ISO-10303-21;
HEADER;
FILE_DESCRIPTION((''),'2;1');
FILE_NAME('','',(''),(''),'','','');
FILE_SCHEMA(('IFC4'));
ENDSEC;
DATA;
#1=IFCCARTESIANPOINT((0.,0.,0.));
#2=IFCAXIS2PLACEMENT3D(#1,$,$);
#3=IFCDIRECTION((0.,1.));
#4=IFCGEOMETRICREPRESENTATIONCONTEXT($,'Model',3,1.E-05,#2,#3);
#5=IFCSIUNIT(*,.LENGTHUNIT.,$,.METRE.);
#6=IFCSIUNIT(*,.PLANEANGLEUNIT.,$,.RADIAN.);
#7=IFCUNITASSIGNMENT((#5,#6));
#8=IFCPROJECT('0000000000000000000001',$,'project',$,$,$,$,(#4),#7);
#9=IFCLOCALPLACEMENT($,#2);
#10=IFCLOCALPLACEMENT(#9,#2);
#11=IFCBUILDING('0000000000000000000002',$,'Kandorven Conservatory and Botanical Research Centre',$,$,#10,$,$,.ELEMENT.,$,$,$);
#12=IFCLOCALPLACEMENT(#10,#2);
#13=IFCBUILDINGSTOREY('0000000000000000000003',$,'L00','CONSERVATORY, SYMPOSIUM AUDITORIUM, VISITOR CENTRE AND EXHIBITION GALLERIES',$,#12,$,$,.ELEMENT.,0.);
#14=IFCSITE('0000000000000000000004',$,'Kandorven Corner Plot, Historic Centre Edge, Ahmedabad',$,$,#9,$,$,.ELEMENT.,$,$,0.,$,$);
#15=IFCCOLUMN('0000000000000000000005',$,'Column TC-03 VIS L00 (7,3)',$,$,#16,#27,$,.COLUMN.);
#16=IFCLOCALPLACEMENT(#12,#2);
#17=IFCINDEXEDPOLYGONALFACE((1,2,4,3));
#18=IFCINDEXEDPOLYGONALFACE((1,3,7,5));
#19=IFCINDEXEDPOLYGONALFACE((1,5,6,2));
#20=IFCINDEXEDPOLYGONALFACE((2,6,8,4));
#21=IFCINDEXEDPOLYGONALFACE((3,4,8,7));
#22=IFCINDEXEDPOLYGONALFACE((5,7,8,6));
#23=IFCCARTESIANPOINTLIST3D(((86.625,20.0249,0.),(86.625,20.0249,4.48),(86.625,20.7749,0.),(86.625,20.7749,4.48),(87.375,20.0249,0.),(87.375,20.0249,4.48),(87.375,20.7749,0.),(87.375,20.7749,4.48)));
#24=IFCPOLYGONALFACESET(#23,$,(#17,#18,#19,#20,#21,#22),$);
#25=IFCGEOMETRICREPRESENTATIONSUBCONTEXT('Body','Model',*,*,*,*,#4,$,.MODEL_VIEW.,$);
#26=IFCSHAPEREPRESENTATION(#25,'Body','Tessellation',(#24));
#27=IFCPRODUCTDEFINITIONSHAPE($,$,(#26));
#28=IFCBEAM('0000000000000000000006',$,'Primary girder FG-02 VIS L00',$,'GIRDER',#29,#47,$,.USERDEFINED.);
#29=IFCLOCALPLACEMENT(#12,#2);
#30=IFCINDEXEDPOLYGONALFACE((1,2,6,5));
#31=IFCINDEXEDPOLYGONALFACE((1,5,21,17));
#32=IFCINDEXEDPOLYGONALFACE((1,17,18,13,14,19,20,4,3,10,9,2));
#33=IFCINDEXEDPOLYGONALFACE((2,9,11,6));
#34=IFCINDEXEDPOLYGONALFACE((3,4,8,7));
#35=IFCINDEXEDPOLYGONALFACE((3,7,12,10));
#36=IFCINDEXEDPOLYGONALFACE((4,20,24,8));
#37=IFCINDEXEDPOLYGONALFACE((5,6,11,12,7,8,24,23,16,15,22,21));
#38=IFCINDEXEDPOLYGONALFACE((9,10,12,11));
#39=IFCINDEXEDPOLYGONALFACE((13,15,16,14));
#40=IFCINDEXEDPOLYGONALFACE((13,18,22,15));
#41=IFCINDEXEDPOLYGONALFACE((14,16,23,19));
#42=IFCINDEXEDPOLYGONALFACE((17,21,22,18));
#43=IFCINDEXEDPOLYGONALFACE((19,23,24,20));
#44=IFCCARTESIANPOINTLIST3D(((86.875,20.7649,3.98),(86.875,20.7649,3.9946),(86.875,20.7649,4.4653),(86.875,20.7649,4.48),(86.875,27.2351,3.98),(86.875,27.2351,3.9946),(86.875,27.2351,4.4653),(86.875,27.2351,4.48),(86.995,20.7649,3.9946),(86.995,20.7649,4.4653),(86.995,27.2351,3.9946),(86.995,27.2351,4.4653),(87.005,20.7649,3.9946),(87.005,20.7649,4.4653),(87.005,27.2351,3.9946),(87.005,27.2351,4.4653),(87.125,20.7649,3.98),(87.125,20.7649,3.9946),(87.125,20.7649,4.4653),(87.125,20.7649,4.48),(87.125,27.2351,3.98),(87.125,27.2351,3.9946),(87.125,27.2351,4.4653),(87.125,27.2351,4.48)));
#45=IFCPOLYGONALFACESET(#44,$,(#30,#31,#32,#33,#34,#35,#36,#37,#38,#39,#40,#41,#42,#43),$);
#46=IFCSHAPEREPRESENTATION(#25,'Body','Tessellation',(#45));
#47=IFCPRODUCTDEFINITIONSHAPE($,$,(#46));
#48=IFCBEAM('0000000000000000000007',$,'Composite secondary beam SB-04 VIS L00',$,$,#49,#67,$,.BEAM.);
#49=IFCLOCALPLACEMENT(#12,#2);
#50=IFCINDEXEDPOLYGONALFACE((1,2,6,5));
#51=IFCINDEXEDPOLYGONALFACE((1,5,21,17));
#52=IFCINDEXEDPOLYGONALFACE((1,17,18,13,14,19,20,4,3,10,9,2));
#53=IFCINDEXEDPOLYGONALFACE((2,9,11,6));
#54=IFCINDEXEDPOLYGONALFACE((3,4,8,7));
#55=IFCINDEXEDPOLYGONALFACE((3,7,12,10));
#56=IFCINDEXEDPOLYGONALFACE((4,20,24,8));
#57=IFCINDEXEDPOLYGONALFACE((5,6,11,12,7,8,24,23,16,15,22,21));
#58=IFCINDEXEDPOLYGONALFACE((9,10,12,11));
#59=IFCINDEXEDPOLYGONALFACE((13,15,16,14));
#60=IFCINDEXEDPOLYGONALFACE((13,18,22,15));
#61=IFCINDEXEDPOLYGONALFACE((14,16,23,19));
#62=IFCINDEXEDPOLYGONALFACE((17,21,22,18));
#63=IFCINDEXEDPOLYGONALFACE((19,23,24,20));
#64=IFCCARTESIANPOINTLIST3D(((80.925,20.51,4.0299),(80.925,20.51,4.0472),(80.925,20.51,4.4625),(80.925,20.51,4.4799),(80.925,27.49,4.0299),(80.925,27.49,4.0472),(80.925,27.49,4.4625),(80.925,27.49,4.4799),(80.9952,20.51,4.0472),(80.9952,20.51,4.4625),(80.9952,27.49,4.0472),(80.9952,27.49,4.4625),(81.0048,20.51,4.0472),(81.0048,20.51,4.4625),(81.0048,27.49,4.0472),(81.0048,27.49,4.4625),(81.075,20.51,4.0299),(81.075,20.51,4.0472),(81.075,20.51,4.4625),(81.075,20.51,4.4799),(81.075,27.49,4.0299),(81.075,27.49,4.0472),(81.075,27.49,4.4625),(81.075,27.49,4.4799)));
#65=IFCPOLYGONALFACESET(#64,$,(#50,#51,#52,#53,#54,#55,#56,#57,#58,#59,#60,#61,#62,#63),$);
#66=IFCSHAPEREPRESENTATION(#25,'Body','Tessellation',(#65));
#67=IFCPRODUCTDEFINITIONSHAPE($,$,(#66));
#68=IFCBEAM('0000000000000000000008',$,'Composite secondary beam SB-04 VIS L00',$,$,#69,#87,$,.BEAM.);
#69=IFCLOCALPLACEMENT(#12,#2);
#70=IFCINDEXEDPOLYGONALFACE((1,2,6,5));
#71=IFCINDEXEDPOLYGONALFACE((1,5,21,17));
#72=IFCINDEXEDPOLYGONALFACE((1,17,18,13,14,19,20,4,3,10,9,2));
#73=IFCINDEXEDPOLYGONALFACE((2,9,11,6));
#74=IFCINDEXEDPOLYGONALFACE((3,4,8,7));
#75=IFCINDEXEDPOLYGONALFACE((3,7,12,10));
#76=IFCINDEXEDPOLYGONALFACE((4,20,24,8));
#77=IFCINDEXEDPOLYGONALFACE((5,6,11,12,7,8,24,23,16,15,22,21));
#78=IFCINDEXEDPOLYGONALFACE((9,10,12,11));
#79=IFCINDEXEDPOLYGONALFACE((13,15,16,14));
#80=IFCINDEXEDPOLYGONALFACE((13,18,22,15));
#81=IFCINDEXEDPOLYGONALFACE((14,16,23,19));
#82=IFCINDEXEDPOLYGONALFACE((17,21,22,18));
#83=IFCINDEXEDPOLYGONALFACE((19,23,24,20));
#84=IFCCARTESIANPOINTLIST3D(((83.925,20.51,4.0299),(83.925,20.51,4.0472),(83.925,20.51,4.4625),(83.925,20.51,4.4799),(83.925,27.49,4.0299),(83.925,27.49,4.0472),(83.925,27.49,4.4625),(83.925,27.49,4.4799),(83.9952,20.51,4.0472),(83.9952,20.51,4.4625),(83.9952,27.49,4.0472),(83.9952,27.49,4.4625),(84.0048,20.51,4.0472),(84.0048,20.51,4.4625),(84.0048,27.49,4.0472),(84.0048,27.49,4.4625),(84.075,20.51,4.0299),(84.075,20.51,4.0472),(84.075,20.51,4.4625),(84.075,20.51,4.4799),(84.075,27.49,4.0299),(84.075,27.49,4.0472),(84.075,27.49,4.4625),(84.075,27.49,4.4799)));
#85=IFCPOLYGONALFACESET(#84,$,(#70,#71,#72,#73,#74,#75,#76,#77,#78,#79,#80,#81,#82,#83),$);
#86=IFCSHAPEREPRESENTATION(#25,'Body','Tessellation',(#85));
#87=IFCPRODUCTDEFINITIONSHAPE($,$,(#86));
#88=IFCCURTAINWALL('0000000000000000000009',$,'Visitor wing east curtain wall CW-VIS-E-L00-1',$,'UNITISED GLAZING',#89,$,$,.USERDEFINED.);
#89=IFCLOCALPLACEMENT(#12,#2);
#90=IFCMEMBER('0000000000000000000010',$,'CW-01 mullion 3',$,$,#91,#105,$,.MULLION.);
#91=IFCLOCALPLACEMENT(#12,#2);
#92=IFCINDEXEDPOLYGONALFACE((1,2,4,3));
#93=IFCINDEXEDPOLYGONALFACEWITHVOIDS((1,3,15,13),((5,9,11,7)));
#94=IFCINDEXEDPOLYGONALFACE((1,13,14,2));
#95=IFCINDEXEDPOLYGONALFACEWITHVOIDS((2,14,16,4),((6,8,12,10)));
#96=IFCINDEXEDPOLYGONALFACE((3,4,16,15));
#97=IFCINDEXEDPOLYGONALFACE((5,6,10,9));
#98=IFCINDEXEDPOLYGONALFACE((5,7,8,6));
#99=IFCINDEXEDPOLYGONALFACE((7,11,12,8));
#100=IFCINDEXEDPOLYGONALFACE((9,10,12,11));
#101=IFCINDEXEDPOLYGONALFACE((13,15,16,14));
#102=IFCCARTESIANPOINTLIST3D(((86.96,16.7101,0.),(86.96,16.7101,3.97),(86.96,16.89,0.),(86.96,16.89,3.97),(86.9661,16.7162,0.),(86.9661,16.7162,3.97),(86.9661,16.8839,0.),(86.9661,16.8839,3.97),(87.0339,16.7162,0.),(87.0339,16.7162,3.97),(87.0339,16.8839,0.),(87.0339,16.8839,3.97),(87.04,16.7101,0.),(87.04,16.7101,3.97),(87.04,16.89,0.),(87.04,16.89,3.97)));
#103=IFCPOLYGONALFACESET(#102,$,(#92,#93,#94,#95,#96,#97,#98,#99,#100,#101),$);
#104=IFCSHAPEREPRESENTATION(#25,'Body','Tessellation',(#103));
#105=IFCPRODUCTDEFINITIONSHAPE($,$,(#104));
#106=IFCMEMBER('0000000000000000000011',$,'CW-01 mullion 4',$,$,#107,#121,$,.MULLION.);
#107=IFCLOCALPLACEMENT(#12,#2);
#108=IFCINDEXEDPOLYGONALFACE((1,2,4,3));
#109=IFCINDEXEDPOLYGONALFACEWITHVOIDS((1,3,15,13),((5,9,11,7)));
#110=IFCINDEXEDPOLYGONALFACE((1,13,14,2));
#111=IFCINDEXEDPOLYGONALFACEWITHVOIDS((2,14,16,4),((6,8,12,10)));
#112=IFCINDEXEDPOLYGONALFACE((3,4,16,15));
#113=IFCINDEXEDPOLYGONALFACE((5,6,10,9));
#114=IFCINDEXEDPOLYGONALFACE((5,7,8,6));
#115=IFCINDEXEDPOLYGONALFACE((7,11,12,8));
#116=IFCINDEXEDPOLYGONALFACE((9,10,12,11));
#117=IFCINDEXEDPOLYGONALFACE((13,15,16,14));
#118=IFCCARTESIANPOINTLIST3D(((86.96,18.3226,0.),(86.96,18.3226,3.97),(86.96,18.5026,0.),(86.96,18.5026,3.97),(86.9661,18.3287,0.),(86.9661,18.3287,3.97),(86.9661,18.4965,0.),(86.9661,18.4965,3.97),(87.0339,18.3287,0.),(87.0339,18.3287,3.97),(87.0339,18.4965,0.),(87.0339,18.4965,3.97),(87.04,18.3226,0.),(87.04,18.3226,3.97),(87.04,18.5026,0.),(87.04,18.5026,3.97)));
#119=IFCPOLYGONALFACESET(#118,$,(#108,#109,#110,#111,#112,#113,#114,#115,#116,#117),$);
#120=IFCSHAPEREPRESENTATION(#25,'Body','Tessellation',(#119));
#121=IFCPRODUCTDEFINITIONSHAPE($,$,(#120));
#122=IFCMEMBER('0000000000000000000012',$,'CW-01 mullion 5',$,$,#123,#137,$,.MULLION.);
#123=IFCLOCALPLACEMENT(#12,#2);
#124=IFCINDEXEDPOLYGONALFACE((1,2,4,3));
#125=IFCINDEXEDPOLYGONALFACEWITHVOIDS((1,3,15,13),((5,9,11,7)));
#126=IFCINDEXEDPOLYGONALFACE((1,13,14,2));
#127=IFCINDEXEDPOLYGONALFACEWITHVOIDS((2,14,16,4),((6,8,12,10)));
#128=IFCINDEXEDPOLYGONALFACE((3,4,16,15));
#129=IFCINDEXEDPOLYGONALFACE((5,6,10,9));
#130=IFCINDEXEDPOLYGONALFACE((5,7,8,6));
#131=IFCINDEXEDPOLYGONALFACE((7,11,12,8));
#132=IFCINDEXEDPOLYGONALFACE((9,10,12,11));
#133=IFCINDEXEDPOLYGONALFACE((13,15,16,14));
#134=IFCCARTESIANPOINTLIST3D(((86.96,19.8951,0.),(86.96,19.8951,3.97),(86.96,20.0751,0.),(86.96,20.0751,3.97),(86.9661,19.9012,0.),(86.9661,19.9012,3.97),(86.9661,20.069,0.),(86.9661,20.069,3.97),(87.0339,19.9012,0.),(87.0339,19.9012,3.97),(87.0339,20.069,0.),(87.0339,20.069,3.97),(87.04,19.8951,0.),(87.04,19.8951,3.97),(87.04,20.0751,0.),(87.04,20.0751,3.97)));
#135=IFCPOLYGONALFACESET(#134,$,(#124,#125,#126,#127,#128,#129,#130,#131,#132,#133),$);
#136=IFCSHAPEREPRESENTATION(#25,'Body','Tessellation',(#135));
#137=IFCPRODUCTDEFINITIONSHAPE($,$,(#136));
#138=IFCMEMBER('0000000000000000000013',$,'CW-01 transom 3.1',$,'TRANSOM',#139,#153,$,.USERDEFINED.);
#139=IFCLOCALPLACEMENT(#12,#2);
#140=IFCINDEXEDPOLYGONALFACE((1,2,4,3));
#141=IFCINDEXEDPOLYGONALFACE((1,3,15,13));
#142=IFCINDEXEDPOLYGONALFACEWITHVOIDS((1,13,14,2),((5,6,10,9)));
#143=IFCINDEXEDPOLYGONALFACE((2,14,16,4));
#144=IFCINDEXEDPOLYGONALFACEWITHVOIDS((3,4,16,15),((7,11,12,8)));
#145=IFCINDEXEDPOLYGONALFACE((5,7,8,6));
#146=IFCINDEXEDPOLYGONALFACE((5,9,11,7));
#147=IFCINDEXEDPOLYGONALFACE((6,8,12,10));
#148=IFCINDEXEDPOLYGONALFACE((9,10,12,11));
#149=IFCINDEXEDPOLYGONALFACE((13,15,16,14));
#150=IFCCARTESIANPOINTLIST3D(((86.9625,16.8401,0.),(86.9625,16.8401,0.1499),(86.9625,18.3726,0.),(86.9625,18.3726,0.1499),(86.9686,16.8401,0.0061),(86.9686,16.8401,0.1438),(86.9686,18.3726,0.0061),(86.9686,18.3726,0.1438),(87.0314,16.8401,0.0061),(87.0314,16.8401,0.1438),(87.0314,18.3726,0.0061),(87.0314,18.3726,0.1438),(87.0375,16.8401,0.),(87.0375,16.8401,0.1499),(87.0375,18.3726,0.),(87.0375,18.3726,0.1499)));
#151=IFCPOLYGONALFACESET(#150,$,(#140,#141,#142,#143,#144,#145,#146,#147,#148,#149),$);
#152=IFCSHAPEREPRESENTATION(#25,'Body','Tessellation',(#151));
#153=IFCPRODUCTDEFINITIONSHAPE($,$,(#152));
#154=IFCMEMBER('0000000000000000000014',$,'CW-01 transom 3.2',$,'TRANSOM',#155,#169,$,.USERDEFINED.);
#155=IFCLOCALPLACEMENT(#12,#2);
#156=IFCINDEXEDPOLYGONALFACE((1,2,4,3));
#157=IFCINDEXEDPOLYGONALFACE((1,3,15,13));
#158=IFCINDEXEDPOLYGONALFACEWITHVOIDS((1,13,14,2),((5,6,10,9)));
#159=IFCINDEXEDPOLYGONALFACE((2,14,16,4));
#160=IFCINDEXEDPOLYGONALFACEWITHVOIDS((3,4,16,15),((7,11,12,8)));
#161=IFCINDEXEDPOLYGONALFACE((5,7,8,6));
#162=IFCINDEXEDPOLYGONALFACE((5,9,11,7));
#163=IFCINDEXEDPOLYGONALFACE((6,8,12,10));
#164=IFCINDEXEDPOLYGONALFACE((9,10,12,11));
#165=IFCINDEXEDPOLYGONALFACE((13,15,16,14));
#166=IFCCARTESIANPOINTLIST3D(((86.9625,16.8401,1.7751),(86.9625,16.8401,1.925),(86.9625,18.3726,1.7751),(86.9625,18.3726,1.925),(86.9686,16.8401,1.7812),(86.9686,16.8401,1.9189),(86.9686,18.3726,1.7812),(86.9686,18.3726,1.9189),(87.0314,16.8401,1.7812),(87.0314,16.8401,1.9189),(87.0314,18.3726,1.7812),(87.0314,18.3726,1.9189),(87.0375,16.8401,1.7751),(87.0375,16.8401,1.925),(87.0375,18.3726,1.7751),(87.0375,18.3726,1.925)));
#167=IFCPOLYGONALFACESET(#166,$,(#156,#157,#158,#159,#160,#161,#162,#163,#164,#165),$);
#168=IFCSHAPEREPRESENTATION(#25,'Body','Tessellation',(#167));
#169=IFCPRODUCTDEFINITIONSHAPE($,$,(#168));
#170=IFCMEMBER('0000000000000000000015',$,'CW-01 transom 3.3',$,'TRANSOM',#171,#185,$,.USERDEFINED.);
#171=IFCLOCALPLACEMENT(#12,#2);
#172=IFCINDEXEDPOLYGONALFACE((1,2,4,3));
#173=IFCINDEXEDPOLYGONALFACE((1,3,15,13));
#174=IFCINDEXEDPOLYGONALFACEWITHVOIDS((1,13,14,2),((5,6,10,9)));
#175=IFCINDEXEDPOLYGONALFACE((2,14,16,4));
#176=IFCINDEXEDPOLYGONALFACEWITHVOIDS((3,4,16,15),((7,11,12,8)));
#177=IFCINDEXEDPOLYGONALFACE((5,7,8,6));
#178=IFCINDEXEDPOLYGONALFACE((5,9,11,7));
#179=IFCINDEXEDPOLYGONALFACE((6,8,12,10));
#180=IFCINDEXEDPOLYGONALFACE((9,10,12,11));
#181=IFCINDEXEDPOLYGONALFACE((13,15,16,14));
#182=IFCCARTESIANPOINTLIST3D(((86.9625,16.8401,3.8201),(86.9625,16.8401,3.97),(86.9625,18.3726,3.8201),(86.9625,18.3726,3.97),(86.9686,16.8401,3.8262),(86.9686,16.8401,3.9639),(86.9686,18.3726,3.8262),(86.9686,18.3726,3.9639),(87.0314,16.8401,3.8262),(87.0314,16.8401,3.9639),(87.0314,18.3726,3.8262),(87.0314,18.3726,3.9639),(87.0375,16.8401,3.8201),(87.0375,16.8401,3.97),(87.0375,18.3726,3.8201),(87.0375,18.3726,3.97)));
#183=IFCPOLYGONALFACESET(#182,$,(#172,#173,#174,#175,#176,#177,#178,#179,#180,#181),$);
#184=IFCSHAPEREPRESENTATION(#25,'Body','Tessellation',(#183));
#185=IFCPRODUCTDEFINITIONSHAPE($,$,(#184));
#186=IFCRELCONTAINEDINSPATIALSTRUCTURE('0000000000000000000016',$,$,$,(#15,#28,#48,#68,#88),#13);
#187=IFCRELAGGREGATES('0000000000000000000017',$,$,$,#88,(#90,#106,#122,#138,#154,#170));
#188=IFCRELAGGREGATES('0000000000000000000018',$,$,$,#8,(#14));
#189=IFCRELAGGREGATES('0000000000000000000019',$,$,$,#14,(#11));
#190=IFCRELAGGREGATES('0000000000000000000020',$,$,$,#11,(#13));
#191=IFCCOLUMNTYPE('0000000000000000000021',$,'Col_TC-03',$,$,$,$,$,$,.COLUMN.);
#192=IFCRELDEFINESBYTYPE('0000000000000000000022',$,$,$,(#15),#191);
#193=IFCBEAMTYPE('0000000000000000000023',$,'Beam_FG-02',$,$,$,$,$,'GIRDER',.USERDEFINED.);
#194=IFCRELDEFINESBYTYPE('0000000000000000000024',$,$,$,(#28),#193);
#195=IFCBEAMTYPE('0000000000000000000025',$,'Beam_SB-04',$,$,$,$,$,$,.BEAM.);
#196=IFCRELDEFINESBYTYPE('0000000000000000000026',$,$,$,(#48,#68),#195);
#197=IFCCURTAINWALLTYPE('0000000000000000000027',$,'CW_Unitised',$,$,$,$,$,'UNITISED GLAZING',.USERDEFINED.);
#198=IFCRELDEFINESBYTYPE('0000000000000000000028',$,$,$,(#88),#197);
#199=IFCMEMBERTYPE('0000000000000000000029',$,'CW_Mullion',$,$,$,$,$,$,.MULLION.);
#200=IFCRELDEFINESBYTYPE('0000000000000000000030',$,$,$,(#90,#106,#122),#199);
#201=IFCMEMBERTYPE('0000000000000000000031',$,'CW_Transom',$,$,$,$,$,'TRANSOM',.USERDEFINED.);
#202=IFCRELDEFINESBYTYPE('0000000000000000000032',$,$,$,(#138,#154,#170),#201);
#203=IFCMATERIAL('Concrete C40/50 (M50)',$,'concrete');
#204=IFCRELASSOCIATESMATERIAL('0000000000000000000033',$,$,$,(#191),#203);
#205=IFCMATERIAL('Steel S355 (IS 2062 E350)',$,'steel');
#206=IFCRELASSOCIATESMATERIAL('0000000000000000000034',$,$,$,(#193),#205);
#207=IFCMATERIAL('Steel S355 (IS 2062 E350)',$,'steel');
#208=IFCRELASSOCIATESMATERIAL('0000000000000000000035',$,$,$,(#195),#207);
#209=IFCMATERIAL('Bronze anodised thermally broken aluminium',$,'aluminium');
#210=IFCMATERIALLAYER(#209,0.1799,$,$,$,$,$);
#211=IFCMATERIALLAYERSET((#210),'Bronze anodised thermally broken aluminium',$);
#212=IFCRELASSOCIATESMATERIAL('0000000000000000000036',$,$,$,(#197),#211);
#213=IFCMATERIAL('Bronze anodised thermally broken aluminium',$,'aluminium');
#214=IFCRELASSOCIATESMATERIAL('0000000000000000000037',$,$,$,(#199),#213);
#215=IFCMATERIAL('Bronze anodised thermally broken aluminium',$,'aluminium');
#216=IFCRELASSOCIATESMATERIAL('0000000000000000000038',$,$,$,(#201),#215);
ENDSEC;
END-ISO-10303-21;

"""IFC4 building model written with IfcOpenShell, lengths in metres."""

from ifc_helpers import new_model, si_unit, direction, frame, origin, origin_2d, place, context, subcontext, project, spatial, rectangle, hollow_rectangle, i_section, extrude, material, layer, layer_set, material_profile, profile_set, type_object, element, aggregate, save


model = new_model("IFC4")

# Units and contexts
model_context = context("Model", 3, precision=1e-05, world=origin(), true_north=direction((0.0, 1.0)))
body_context = subcontext(model_context, "Body", "Model", "MODEL_VIEW")
ifc_project = project(units=[si_unit("LENGTHUNIT", "METRE"), si_unit("PLANEANGLEUNIT", "RADIAN")], contexts=[model_context])

# Site, building, storey
site_placement = place(None, origin())
site = spatial("IfcSite", under=ifc_project, at=site_placement, Name="Kandorven Corner Plot, Historic Centre Edge, Ahmedabad", CompositionType="ELEMENT", RefElevation=0.0)
building_placement = place(site_placement, origin())
building = spatial("IfcBuilding", under=site, at=building_placement, Name="Kandorven Conservatory and Botanical Research Centre", CompositionType="ELEMENT")
storey_placement = place(building_placement, origin())
storey = spatial("IfcBuildingStorey", under=building, at=storey_placement, Name="L00", Description="CONSERVATORY, SYMPOSIUM AUDITORIUM, VISITOR CENTRE AND EXHIBITION GALLERIES", CompositionType="ELEMENT", Elevation=0.0)

# Column
ifc_material_1 = material(Name="Concrete C40/50 (M50)", Category="concrete")
ifc_material_profile_1 = material_profile(ifc_material_1, rectangle(XDim=0.75, YDim=0.75, at=origin_2d()))
ifc_profile_set_1 = profile_set([ifc_material_profile_1], Name="Concrete C40/50 (M50)")
column_type = type_object("IfcColumnType", Name="Col_TC-03", PredefinedType="COLUMN", material=ifc_profile_set_1)
column_placement = place(storey_placement, frame((87.0, 20.3999, 0.0), z_axis=(0.0, 0.0, 1.0), x_axis=(1.0, 0.0, 0.0)))
element("IfcColumn", 1, at=column_placement, inside=storey, type_object=column_type, Name="Column TC-03 VIS L00 (7,3)", PredefinedType="COLUMN", context=body_context, shape_type="SweptSolid", body=[
    extrude(rectangle(XDim=0.75, YDim=0.75, at=origin_2d()), origin(), (0.0, 0.0, 1.0), 4.48),
])

# Beams
ifc_material_2 = material(Name="Steel S355 (IS 2062 E350)", Category="steel")
ifc_material_profile_2 = material_profile(ifc_material_2, i_section(OverallWidth=0.25, OverallDepth=0.5, WebThickness=0.01, FlangeThickness=0.0146, at=origin_2d()))
ifc_profile_set_2 = profile_set([ifc_material_profile_2], Name="Steel S355 (IS 2062 E350)")
beam_type_1 = type_object("IfcBeamType", Name="Beam_FG-02", ElementType="GIRDER", PredefinedType="USERDEFINED", material=ifc_profile_set_2)
beam_placement = place(storey_placement, frame((87.0, 20.7649, 4.23), z_axis=(0.0, 1.0, 0.0), x_axis=(-1.0, 0.0, 0.0)))
element("IfcBeam", 2, at=beam_placement, inside=storey, type_object=beam_type_1, Name="Primary girder FG-02 VIS L00", ObjectType="GIRDER", PredefinedType="USERDEFINED", context=body_context, shape_type="SweptSolid", body=[
    extrude(i_section(OverallWidth=0.25, OverallDepth=0.5, WebThickness=0.01, FlangeThickness=0.0146, at=origin_2d()), origin(), (0.0, 0.0, 1.0), 6.4702),
])
ifc_material_3 = material(Name="Steel S355 (IS 2062 E350)", Category="steel")
ifc_material_profile_3 = material_profile(ifc_material_3, i_section(OverallWidth=0.1499, OverallDepth=0.45, WebThickness=0.0095, FlangeThickness=0.0173, at=origin_2d()))
ifc_profile_set_3 = profile_set([ifc_material_profile_3], Name="Steel S355 (IS 2062 E350)")
beam_type_2 = type_object("IfcBeamType", Name="Beam_SB-04", PredefinedType="BEAM", material=ifc_profile_set_3)
for number, where, z_axis, x_axis, name in (
    (3, (81.0, 20.51, 4.2549), (0.0, 1.0, 0.0), (-1.0, 0.0, 0.0), "Composite secondary beam SB-04 VIS L00"),
    (4, (84.0, 20.51, 4.2549), (0.0, 1.0, 0.0), (-1.0, 0.0, 0.0), "Composite secondary beam SB-04 VIS L00"),
):
    element("IfcBeam", number, at=place(storey_placement, frame(where, z_axis=z_axis, x_axis=x_axis)), inside=storey, type_object=beam_type_2, Name=name, PredefinedType="BEAM", context=body_context, shape_type="SweptSolid", body=[
        extrude(i_section(OverallWidth=0.1499, OverallDepth=0.45, WebThickness=0.0095, FlangeThickness=0.0173, at=origin_2d()), origin(), (0.0, 0.0, 1.0), 6.98),
    ])

# Curtain wall, members
ifc_material_4 = material(Name="Bronze anodised thermally broken aluminium", Category="aluminium")
ifc_layer_1 = layer(ifc_material_4, 0.1799)
ifc_layer_set_1 = layer_set([ifc_layer_1], Name="Bronze anodised thermally broken aluminium")
curtain_wall_type = type_object("IfcCurtainWallType", Name="CW_Unitised", ElementType="UNITISED GLAZING", PredefinedType="USERDEFINED", material=ifc_layer_set_1)
curtain_wall_placement = place(storey_placement, origin())
curtain_wall = element("IfcCurtainWall", 5, at=curtain_wall_placement, inside=storey, type_object=curtain_wall_type, Name="Visitor wing east curtain wall CW-VIS-E-L00-1", ObjectType="UNITISED GLAZING", PredefinedType="USERDEFINED")
ifc_material_5 = material(Name="Bronze anodised thermally broken aluminium", Category="aluminium")
ifc_material_profile_4 = material_profile(ifc_material_5, hollow_rectangle(XDim=0.0801, YDim=0.1799, WallThickness=0.0061, at=origin_2d()))
ifc_profile_set_4 = profile_set([ifc_material_profile_4], Name="Bronze anodised thermally broken aluminium")
member_type_1 = type_object("IfcMemberType", Name="CW_Mullion", PredefinedType="MULLION", material=ifc_profile_set_4)
member_1_placement = place(storey_placement, frame((87.0, 16.8, 0.0), z_axis=(0.0, 0.0, 1.0), x_axis=(-1.0, 0.0, 0.0)))
member_1 = element("IfcMember", 6, at=member_1_placement, type_object=member_type_1, Name="CW-01 mullion 3", PredefinedType="MULLION", context=body_context, shape_type="SweptSolid", body=[
    extrude(hollow_rectangle(XDim=0.0801, YDim=0.1799, WallThickness=0.0061, at=origin_2d()), origin(), (0.0, 0.0, 1.0), 3.97),
])
member_2_placement = place(storey_placement, frame((87.0, 18.4126, 0.0), z_axis=(0.0, 0.0, 1.0), x_axis=(-1.0, 0.0, 0.0)))
member_2 = element("IfcMember", 7, at=member_2_placement, type_object=member_type_1, Name="CW-01 mullion 4", PredefinedType="MULLION", context=body_context, shape_type="SweptSolid", body=[
    extrude(hollow_rectangle(XDim=0.0801, YDim=0.1799, WallThickness=0.0061, at=origin_2d()), origin(), (0.0, 0.0, 1.0), 3.97),
])
member_3_placement = place(storey_placement, frame((87.0, 19.9851, 0.0), z_axis=(0.0, 0.0, 1.0), x_axis=(-1.0, 0.0, 0.0)))
member_3 = element("IfcMember", 8, at=member_3_placement, type_object=member_type_1, Name="CW-01 mullion 5", PredefinedType="MULLION", context=body_context, shape_type="SweptSolid", body=[
    extrude(hollow_rectangle(XDim=0.0801, YDim=0.1799, WallThickness=0.0061, at=origin_2d()), origin(), (0.0, 0.0, 1.0), 3.97),
])
ifc_material_6 = material(Name="Bronze anodised thermally broken aluminium", Category="aluminium")
ifc_material_profile_5 = material_profile(ifc_material_6, hollow_rectangle(XDim=0.075, YDim=0.1499, WallThickness=0.0061, at=origin_2d()))
ifc_profile_set_5 = profile_set([ifc_material_profile_5], Name="Bronze anodised thermally broken aluminium")
member_type_2 = type_object("IfcMemberType", Name="CW_Transom", ElementType="TRANSOM", PredefinedType="USERDEFINED", material=ifc_profile_set_5)
member_4_placement = place(storey_placement, frame((87.0, 16.8401, 0.075), z_axis=(0.0, 1.0, 0.0), x_axis=(-1.0, 0.0, 0.0)))
member_4 = element("IfcMember", 9, at=member_4_placement, type_object=member_type_2, Name="CW-01 transom 3.1", ObjectType="TRANSOM", PredefinedType="USERDEFINED", context=body_context, shape_type="SweptSolid", body=[
    extrude(hollow_rectangle(XDim=0.075, YDim=0.1499, WallThickness=0.0061, at=origin_2d()), origin(), (0.0, 0.0, 1.0), 1.5325),
])
member_5_placement = place(storey_placement, frame((87.0, 16.8401, 1.8501), z_axis=(0.0, 1.0, 0.0), x_axis=(-1.0, 0.0, 0.0)))
member_5 = element("IfcMember", 10, at=member_5_placement, type_object=member_type_2, Name="CW-01 transom 3.2", ObjectType="TRANSOM", PredefinedType="USERDEFINED", context=body_context, shape_type="SweptSolid", body=[
    extrude(hollow_rectangle(XDim=0.075, YDim=0.1499, WallThickness=0.0061, at=origin_2d()), origin(), (0.0, 0.0, 1.0), 1.5325),
])
member_6_placement = place(storey_placement, frame((87.0, 16.8401, 3.895), z_axis=(0.0, 1.0, 0.0), x_axis=(-1.0, 0.0, 0.0)))
member_6 = element("IfcMember", 11, at=member_6_placement, type_object=member_type_2, Name="CW-01 transom 3.3", ObjectType="TRANSOM", PredefinedType="USERDEFINED", context=body_context, shape_type="SweptSolid", body=[
    extrude(hollow_rectangle(XDim=0.075, YDim=0.1499, WallThickness=0.0061, at=origin_2d()), origin(), (0.0, 0.0, 1.0), 1.5325),
])
aggregate(curtain_wall, [member_1, member_2, member_3, member_4, member_5, member_6])

save(model, "model.ifc")
